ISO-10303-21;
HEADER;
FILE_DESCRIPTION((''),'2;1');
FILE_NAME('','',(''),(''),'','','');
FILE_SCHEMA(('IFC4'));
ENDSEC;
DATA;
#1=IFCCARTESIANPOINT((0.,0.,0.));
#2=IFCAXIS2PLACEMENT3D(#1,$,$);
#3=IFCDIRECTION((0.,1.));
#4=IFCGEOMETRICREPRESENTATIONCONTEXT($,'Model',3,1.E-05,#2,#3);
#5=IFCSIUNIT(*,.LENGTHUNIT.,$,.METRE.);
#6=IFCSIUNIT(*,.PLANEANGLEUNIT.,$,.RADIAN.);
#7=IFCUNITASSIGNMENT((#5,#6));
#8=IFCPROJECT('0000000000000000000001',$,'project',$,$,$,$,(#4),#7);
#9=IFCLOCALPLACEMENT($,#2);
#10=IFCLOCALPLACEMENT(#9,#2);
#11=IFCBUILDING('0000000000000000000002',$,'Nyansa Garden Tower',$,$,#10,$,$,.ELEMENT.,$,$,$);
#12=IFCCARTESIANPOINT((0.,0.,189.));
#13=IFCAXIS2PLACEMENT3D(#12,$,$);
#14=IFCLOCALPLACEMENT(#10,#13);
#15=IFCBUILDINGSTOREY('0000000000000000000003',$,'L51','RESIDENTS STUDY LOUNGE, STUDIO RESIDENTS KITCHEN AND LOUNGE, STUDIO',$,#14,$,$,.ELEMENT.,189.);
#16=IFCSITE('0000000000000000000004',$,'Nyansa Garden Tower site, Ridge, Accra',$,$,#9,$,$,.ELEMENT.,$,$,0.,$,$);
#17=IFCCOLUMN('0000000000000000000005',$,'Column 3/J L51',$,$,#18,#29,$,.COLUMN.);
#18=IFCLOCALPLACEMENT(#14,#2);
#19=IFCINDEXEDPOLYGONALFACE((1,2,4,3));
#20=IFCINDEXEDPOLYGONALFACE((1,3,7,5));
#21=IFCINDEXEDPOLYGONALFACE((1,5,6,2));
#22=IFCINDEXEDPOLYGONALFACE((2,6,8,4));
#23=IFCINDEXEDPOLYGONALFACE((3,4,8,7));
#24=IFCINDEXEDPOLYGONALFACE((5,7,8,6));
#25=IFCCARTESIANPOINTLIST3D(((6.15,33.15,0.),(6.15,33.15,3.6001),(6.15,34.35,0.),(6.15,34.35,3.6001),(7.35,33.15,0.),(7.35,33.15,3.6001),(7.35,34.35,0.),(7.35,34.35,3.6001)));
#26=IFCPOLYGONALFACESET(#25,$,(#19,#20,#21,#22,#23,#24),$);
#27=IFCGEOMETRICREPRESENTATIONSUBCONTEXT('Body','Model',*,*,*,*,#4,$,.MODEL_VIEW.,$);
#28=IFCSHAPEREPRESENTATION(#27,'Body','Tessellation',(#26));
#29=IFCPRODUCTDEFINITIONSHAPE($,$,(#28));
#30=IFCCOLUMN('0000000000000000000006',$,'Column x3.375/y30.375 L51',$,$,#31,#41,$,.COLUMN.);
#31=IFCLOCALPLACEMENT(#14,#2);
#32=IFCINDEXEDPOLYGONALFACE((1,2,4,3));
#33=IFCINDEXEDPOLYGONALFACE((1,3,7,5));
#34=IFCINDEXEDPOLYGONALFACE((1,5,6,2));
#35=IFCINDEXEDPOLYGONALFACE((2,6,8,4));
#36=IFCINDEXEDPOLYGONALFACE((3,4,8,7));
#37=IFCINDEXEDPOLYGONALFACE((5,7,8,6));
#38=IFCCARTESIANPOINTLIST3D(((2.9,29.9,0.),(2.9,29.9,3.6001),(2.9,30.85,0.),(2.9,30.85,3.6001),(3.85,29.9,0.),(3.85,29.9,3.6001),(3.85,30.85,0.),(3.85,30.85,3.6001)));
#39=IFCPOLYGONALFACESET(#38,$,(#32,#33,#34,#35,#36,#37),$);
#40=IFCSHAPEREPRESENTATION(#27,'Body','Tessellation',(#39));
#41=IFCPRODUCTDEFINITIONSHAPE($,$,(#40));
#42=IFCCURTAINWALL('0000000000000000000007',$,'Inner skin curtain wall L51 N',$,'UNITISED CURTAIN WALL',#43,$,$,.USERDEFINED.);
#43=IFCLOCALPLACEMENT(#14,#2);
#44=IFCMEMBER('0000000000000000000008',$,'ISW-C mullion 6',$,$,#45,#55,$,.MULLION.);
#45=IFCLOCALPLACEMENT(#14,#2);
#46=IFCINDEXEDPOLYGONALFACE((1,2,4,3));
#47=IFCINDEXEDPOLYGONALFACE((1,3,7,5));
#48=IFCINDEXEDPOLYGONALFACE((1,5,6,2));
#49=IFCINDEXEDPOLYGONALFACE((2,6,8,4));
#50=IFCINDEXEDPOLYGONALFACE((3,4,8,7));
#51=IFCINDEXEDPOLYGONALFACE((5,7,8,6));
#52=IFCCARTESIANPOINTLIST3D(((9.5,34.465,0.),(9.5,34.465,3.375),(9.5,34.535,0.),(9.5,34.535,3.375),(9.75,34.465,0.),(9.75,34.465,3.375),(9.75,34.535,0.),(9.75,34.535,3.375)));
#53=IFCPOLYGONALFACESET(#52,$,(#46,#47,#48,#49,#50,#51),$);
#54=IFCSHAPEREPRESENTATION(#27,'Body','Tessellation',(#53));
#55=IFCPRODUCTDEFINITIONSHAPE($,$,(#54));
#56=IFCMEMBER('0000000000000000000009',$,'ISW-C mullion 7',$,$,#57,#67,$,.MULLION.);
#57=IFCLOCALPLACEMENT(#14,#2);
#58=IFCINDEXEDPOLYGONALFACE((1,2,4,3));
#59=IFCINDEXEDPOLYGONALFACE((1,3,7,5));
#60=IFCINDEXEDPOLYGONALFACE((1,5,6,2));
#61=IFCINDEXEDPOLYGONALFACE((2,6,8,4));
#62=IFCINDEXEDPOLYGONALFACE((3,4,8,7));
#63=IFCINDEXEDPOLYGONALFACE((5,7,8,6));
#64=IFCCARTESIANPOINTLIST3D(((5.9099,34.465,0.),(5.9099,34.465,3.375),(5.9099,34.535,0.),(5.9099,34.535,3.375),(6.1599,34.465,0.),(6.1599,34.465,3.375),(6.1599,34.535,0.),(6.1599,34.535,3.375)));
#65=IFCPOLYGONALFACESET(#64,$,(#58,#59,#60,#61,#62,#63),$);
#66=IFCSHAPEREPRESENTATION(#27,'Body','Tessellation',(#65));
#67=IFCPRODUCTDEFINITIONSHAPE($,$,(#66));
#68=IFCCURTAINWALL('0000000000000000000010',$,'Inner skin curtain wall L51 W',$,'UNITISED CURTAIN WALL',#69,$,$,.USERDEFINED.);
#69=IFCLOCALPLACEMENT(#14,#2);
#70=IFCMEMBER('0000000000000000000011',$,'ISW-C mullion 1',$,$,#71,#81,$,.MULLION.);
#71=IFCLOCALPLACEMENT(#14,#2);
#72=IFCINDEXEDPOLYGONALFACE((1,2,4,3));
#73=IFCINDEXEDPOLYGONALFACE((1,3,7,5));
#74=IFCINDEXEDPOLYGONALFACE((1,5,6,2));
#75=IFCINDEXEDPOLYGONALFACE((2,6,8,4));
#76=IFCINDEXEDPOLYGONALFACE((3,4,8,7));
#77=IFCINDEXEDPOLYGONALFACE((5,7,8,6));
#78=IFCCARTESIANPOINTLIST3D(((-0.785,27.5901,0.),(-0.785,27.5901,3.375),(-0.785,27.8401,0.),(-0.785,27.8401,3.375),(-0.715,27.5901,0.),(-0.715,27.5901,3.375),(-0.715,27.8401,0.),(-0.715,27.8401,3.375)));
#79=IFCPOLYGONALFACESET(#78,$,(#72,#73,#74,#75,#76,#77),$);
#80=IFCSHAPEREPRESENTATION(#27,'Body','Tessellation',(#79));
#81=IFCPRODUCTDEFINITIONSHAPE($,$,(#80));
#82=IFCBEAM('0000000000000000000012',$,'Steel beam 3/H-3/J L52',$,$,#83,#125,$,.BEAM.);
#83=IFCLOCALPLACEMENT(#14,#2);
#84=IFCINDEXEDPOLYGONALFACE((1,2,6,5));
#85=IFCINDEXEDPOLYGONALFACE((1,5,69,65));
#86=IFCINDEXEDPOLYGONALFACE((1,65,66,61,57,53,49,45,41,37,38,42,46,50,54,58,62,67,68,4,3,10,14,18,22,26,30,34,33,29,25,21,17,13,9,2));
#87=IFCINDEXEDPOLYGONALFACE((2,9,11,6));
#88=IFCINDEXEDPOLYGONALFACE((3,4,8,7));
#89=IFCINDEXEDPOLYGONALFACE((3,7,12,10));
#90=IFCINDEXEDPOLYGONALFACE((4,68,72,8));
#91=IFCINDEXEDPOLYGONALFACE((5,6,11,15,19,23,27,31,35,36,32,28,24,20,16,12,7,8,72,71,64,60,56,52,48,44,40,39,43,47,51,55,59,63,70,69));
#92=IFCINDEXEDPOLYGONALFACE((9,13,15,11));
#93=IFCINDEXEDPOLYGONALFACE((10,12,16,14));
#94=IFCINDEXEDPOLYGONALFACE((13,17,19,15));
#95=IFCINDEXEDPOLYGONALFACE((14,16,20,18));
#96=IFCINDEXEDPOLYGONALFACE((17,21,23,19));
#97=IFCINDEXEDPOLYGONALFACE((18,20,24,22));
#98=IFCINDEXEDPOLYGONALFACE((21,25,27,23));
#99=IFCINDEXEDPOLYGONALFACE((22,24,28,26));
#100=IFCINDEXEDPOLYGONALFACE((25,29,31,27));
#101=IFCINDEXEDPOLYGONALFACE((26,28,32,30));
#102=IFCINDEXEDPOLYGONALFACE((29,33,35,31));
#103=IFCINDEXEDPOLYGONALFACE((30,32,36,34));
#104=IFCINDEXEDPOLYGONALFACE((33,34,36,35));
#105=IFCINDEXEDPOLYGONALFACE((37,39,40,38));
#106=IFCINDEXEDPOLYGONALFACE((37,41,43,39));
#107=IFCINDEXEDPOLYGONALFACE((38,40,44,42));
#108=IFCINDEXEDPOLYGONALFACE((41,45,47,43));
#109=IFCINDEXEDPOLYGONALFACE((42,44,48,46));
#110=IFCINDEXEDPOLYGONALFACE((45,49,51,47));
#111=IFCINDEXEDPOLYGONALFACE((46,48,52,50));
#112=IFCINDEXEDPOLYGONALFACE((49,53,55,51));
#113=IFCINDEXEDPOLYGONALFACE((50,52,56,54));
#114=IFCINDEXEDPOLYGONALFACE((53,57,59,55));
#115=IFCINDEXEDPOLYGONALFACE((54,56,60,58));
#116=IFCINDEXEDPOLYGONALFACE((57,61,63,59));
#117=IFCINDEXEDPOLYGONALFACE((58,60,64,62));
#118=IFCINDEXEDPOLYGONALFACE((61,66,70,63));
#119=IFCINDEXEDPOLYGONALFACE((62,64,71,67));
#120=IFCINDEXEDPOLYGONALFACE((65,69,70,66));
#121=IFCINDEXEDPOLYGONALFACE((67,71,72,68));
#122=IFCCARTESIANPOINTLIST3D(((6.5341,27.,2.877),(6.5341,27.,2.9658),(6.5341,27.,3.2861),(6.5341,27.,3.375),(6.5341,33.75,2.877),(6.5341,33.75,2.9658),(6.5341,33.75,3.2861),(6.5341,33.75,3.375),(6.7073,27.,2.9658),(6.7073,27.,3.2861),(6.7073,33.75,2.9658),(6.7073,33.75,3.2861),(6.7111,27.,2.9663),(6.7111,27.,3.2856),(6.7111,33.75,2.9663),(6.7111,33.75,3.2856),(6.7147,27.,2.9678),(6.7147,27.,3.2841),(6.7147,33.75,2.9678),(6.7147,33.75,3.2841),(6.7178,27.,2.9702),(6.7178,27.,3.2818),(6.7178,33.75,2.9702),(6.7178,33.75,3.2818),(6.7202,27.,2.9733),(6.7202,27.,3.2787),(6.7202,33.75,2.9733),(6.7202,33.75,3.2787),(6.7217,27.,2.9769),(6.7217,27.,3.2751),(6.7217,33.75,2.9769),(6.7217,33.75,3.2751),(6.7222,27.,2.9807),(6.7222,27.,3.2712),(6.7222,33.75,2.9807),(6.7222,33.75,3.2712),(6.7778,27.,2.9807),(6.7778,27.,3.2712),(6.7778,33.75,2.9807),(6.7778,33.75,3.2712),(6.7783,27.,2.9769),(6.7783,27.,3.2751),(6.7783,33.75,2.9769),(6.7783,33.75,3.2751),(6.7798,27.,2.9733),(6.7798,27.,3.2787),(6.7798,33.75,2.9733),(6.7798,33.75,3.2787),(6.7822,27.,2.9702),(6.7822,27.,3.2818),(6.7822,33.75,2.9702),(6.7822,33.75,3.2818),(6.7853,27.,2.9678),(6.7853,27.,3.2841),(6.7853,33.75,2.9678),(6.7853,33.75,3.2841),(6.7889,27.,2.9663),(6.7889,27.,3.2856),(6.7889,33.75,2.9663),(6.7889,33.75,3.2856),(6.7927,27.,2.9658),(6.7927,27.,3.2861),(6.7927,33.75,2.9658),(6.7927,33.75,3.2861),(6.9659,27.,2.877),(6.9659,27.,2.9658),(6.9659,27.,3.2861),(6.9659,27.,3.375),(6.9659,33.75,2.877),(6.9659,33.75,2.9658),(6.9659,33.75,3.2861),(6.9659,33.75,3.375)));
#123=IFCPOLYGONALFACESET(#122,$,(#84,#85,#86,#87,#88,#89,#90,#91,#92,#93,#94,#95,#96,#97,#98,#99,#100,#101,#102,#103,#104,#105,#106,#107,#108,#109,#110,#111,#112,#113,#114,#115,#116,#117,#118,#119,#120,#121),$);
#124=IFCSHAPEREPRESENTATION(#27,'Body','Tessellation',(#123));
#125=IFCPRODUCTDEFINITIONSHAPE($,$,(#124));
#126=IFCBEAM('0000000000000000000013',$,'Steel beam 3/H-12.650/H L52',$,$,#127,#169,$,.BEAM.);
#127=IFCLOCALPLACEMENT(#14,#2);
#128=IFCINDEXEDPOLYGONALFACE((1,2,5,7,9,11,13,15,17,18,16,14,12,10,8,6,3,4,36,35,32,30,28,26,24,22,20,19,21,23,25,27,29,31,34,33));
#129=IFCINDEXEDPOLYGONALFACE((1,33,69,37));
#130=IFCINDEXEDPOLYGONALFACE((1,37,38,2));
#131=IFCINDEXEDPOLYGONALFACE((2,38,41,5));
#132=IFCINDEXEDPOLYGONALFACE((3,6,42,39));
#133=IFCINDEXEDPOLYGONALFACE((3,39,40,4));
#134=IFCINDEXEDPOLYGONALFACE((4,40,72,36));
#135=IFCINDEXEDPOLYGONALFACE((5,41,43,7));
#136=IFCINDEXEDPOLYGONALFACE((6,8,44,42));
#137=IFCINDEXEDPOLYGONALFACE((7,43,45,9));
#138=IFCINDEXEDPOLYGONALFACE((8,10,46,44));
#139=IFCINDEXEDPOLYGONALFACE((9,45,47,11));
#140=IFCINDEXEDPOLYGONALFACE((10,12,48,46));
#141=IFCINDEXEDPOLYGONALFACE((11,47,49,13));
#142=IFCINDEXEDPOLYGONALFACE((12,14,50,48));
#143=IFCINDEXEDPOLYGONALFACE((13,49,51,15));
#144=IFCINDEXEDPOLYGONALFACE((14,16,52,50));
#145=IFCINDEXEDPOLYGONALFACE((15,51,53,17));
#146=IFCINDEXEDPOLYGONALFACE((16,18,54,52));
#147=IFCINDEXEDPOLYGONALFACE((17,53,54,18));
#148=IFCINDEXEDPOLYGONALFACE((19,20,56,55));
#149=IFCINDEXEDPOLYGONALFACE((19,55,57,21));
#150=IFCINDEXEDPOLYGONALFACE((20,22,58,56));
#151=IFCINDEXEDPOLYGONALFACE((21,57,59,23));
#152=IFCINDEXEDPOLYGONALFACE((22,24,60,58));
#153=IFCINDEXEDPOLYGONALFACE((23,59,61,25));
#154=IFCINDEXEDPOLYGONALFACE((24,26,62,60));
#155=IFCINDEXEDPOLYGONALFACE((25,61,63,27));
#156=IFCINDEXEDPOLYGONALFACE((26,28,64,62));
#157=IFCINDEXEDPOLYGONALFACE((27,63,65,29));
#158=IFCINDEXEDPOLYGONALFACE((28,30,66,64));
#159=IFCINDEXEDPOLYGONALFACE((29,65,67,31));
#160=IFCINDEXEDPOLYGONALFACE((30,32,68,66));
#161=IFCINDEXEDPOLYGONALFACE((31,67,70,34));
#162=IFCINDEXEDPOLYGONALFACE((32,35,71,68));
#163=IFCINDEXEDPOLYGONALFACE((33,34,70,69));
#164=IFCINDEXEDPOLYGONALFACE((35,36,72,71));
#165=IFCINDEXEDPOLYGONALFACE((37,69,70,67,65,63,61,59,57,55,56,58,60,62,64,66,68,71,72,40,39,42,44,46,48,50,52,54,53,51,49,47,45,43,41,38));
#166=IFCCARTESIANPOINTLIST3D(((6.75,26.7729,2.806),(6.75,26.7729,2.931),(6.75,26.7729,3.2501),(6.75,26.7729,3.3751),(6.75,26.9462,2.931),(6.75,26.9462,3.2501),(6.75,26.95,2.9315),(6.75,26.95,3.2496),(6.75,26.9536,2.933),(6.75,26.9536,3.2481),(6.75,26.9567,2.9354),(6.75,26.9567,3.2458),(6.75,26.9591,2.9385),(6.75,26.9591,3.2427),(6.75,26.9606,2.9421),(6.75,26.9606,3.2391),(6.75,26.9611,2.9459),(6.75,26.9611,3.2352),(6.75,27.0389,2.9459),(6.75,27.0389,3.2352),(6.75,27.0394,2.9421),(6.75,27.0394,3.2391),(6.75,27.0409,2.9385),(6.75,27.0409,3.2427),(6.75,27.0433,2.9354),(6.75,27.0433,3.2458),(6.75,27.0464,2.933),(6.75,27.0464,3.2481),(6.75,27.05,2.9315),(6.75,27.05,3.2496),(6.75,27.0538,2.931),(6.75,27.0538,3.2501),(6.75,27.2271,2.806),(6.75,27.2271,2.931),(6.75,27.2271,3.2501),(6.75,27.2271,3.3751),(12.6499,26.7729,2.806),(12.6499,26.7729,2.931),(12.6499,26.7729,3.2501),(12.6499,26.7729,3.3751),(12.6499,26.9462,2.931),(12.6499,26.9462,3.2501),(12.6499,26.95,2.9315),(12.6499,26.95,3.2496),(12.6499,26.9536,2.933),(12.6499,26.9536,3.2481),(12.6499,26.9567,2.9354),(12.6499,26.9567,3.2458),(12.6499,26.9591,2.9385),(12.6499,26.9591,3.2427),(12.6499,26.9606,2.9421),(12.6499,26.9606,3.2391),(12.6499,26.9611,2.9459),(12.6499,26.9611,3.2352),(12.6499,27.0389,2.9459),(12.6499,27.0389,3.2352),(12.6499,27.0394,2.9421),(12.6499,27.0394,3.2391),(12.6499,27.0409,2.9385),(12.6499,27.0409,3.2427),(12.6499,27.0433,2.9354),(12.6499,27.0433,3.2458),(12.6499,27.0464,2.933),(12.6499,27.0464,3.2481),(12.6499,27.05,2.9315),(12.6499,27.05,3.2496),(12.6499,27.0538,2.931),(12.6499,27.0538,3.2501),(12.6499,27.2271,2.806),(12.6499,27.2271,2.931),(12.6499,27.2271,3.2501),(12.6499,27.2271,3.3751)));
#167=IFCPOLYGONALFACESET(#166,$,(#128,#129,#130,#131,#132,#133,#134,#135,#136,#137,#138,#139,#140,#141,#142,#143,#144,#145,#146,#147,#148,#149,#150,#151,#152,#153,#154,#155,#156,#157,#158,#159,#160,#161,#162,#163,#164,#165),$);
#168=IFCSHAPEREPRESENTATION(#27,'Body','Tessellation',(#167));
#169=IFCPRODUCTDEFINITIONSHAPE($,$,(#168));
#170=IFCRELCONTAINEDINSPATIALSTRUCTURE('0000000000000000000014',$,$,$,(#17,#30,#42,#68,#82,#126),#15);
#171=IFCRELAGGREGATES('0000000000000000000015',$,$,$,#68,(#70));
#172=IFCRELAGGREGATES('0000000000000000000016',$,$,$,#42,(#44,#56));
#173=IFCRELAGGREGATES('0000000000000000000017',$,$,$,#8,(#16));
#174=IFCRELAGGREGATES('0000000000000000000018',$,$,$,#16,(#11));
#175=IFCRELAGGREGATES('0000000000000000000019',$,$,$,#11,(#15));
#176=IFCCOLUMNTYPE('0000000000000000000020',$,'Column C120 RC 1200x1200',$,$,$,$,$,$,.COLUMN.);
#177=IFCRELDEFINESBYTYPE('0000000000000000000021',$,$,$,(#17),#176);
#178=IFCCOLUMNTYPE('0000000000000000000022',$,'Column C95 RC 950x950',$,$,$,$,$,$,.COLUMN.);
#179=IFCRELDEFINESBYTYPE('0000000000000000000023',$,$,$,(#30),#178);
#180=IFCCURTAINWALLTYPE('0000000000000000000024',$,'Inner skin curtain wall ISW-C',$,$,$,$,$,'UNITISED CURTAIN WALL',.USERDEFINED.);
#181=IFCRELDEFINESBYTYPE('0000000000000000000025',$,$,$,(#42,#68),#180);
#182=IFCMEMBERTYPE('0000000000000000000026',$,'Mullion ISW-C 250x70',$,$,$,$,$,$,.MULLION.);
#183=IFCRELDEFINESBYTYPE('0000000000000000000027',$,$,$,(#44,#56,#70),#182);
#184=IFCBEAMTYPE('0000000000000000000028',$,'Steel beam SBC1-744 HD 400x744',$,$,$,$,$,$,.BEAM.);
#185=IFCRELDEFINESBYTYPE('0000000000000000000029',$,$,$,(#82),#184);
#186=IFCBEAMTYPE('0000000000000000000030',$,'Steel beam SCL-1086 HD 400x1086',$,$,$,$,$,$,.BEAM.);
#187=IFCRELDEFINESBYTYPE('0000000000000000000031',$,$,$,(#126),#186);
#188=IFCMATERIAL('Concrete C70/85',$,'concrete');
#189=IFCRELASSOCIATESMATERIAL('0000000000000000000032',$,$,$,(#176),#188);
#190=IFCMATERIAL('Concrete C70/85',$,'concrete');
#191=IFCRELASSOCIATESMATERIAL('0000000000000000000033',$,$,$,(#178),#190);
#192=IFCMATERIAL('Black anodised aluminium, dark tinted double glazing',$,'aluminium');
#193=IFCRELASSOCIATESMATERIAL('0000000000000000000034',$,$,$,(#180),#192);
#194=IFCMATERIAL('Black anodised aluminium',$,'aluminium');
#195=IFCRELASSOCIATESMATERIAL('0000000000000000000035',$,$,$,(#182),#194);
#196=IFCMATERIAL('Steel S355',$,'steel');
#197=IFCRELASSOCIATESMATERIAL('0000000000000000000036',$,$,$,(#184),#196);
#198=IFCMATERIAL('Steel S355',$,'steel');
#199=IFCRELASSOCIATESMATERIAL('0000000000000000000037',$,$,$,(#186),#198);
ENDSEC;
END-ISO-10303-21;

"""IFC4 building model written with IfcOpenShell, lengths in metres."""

from ifc_helpers import new_model, si_unit, direction, frame, origin, origin_2d, place, context, subcontext, project, spatial, rectangle, i_section, extrude, material, material_profile, profile_set, type_object, element, aggregate, save


model = new_model("IFC4")

# Units and contexts
model_context = context("Model", 3, precision=1e-05, world=origin(), true_north=direction((0.0, 1.0)))
body_context = subcontext(model_context, "Body", "Model", "MODEL_VIEW")
ifc_project = project(units=[si_unit("LENGTHUNIT", "METRE"), si_unit("PLANEANGLEUNIT", "RADIAN")], contexts=[model_context])

# Site, building, storey
site_placement = place(None, origin())
site = spatial("IfcSite", under=ifc_project, at=site_placement, Name="Nyansa Garden Tower site, Ridge, Accra", CompositionType="ELEMENT", RefElevation=0.0)
building_placement = place(site_placement, origin())
building = spatial("IfcBuilding", under=site, at=building_placement, Name="Nyansa Garden Tower", CompositionType="ELEMENT")
storey_placement = place(building_placement, frame((0.0, 0.0, 189.0)))
storey = spatial("IfcBuildingStorey", under=building, at=storey_placement, Name="L51", Description="RESIDENTS STUDY LOUNGE, STUDIO RESIDENTS KITCHEN AND LOUNGE, STUDIO", CompositionType="ELEMENT", Elevation=189.0)

# Columns
ifc_material_1 = material(Name="Concrete C70/85", Category="concrete")
ifc_material_profile_1 = material_profile(ifc_material_1, rectangle(XDim=1.2, YDim=1.2, at=origin_2d()), Name="RC 1200x1200")
ifc_profile_set_1 = profile_set([ifc_material_profile_1], Name="Concrete C70/85")
column_type_1 = type_object("IfcColumnType", Name="Column C120 RC 1200x1200", PredefinedType="COLUMN", material=ifc_profile_set_1)
column_1_placement = place(storey_placement, frame((6.75, 33.75, 0.0), z_axis=(0.0, 0.0, 1.0), x_axis=(1.0, 0.0, 0.0)))
element("IfcColumn", 1, at=column_1_placement, inside=storey, type_object=column_type_1, Name="Column 3/J L51", PredefinedType="COLUMN", context=body_context, shape_type="SweptSolid", body=[
    extrude(rectangle(XDim=1.2, YDim=1.2, at=origin_2d()), origin(), (0.0, 0.0, 1.0), 3.6001),
])
ifc_material_2 = material(Name="Concrete C70/85", Category="concrete")
ifc_material_profile_2 = material_profile(ifc_material_2, rectangle(XDim=0.95, YDim=0.95, at=origin_2d()), Name="RC 950x950")
ifc_profile_set_2 = profile_set([ifc_material_profile_2], Name="Concrete C70/85")
column_type_2 = type_object("IfcColumnType", Name="Column C95 RC 950x950", PredefinedType="COLUMN", material=ifc_profile_set_2)
column_2_placement = place(storey_placement, frame((3.375, 30.375, 0.0), z_axis=(0.0, 0.0, 1.0), x_axis=(1.0, 0.0, 0.0)))
element("IfcColumn", 2, at=column_2_placement, inside=storey, type_object=column_type_2, Name="Column x3.375/y30.375 L51", PredefinedType="COLUMN", context=body_context, shape_type="SweptSolid", body=[
    extrude(rectangle(XDim=0.95, YDim=0.95, at=origin_2d()), origin(), (0.0, 0.0, 1.0), 3.6001),
])

# Curtain wall, members
ifc_material_3 = material(Name="Black anodised aluminium, dark tinted double glazing", Category="aluminium")
curtain_wall_type = type_object("IfcCurtainWallType", Name="Inner skin curtain wall ISW-C", ElementType="UNITISED CURTAIN WALL", PredefinedType="USERDEFINED", material=ifc_material_3)
curtain_wall_1_placement = place(storey_placement, origin())
curtain_wall_1 = element("IfcCurtainWall", 3, at=curtain_wall_1_placement, inside=storey, type_object=curtain_wall_type, Name="Inner skin curtain wall L51 N", ObjectType="UNITISED CURTAIN WALL", PredefinedType="USERDEFINED")
ifc_material_4 = material(Name="Black anodised aluminium", Category="aluminium")
ifc_material_profile_3 = material_profile(ifc_material_4, rectangle(XDim=0.0701, YDim=0.25, at=origin_2d()), Name="Mullion 250x70")
ifc_profile_set_3 = profile_set([ifc_material_profile_3], Name="Black anodised aluminium")
member_type_1 = type_object("IfcMemberType", Name="Mullion ISW-C 250x70", PredefinedType="MULLION", material=ifc_profile_set_3)
member_1_placement = place(storey_placement, frame((9.625, 34.5, 0.0), z_axis=(0.0, 0.0, 1.0), x_axis=(0.0, -1.0, 0.0)))
member_1 = element("IfcMember", 4, at=member_1_placement, type_object=member_type_1, Name="ISW-C mullion 6", PredefinedType="MULLION", context=body_context, shape_type="SweptSolid", body=[
    extrude(rectangle(XDim=0.0701, YDim=0.25, at=origin_2d()), origin(), (0.0, 0.0, 1.0), 3.375),
])
member_2_placement = place(storey_placement, frame((6.0349, 34.5, 0.0), z_axis=(0.0, 0.0, 1.0), x_axis=(0.0, -1.0, 0.0)))
member_2 = element("IfcMember", 5, at=member_2_placement, type_object=member_type_1, Name="ISW-C mullion 7", PredefinedType="MULLION", context=body_context, shape_type="SweptSolid", body=[
    extrude(rectangle(XDim=0.0701, YDim=0.25, at=origin_2d()), origin(), (0.0, 0.0, 1.0), 3.375),
])

# Curtain wall, member
curtain_wall_2_placement = place(storey_placement, origin())
curtain_wall_2 = element("IfcCurtainWall", 6, at=curtain_wall_2_placement, inside=storey, type_object=curtain_wall_type, Name="Inner skin curtain wall L51 W", ObjectType="UNITISED CURTAIN WALL", PredefinedType="USERDEFINED")
member_3_placement = place(storey_placement, frame((-0.75, 27.7151, 0.0), z_axis=(0.0, 0.0, 1.0), x_axis=(1.0, 0.0, 0.0)))
member_3 = element("IfcMember", 7, at=member_3_placement, type_object=member_type_1, Name="ISW-C mullion 1", PredefinedType="MULLION", context=body_context, shape_type="SweptSolid", body=[
    extrude(rectangle(XDim=0.0701, YDim=0.25, at=origin_2d()), origin(), (0.0, 0.0, 1.0), 3.375),
])

# Beams
ifc_material_5 = material(Name="Steel S355", Category="steel")
ifc_material_profile_4 = material_profile(ifc_material_5, i_section(OverallWidth=0.4319, OverallDepth=0.498, WebThickness=0.0557, FlangeThickness=0.0889, FilletRadius=0.0149, at=origin_2d()), Name="HD 400x744")
ifc_profile_set_4 = profile_set([ifc_material_profile_4], Name="Steel S355")
beam_type_1 = type_object("IfcBeamType", Name="Steel beam SBC1-744 HD 400x744", PredefinedType="BEAM", material=ifc_profile_set_4)
beam_1_placement = place(storey_placement, frame((6.75, 27.0, 3.126), z_axis=(0.0, 1.0, 0.0), x_axis=(-1.0, 0.0, 0.0)))
element("IfcBeam", 8, at=beam_1_placement, inside=storey, type_object=beam_type_1, Name="Steel beam 3/H-3/J L52", PredefinedType="BEAM", context=body_context, shape_type="SweptSolid", body=[
    extrude(i_section(OverallWidth=0.4319, OverallDepth=0.498, WebThickness=0.0557, FlangeThickness=0.0889, FilletRadius=0.0149, at=origin_2d()), origin(), (0.0, 0.0, 1.0), 6.75),
])
ifc_material_6 = material(Name="Steel S355", Category="steel")
ifc_material_profile_5 = material_profile(ifc_material_6, i_section(OverallWidth=0.4541, OverallDepth=0.5691, WebThickness=0.0779, FlangeThickness=0.125, FilletRadius=0.0149, at=origin_2d()), Name="HD 400x1086")
ifc_profile_set_5 = profile_set([ifc_material_profile_5], Name="Steel S355")
beam_type_2 = type_object("IfcBeamType", Name="Steel beam SCL-1086 HD 400x1086", PredefinedType="BEAM", material=ifc_profile_set_5)
beam_2_placement = place(storey_placement, frame((6.75, 27.0, 3.0906), z_axis=(1.0, 0.0, 0.0), x_axis=(0.0, 1.0, 0.0)))
element("IfcBeam", 9, at=beam_2_placement, inside=storey, type_object=beam_type_2, Name="Steel beam 3/H-12.650/H L52", PredefinedType="BEAM", context=body_context, shape_type="SweptSolid", body=[
    extrude(i_section(OverallWidth=0.4541, OverallDepth=0.5691, WebThickness=0.0779, FlangeThickness=0.125, FilletRadius=0.0149, at=origin_2d()), origin(), (0.0, 0.0, 1.0), 5.8999),
])

aggregate(curtain_wall_2, [member_3])

aggregate(curtain_wall_1, [member_1, member_2])

save(model, "model.ifc")
